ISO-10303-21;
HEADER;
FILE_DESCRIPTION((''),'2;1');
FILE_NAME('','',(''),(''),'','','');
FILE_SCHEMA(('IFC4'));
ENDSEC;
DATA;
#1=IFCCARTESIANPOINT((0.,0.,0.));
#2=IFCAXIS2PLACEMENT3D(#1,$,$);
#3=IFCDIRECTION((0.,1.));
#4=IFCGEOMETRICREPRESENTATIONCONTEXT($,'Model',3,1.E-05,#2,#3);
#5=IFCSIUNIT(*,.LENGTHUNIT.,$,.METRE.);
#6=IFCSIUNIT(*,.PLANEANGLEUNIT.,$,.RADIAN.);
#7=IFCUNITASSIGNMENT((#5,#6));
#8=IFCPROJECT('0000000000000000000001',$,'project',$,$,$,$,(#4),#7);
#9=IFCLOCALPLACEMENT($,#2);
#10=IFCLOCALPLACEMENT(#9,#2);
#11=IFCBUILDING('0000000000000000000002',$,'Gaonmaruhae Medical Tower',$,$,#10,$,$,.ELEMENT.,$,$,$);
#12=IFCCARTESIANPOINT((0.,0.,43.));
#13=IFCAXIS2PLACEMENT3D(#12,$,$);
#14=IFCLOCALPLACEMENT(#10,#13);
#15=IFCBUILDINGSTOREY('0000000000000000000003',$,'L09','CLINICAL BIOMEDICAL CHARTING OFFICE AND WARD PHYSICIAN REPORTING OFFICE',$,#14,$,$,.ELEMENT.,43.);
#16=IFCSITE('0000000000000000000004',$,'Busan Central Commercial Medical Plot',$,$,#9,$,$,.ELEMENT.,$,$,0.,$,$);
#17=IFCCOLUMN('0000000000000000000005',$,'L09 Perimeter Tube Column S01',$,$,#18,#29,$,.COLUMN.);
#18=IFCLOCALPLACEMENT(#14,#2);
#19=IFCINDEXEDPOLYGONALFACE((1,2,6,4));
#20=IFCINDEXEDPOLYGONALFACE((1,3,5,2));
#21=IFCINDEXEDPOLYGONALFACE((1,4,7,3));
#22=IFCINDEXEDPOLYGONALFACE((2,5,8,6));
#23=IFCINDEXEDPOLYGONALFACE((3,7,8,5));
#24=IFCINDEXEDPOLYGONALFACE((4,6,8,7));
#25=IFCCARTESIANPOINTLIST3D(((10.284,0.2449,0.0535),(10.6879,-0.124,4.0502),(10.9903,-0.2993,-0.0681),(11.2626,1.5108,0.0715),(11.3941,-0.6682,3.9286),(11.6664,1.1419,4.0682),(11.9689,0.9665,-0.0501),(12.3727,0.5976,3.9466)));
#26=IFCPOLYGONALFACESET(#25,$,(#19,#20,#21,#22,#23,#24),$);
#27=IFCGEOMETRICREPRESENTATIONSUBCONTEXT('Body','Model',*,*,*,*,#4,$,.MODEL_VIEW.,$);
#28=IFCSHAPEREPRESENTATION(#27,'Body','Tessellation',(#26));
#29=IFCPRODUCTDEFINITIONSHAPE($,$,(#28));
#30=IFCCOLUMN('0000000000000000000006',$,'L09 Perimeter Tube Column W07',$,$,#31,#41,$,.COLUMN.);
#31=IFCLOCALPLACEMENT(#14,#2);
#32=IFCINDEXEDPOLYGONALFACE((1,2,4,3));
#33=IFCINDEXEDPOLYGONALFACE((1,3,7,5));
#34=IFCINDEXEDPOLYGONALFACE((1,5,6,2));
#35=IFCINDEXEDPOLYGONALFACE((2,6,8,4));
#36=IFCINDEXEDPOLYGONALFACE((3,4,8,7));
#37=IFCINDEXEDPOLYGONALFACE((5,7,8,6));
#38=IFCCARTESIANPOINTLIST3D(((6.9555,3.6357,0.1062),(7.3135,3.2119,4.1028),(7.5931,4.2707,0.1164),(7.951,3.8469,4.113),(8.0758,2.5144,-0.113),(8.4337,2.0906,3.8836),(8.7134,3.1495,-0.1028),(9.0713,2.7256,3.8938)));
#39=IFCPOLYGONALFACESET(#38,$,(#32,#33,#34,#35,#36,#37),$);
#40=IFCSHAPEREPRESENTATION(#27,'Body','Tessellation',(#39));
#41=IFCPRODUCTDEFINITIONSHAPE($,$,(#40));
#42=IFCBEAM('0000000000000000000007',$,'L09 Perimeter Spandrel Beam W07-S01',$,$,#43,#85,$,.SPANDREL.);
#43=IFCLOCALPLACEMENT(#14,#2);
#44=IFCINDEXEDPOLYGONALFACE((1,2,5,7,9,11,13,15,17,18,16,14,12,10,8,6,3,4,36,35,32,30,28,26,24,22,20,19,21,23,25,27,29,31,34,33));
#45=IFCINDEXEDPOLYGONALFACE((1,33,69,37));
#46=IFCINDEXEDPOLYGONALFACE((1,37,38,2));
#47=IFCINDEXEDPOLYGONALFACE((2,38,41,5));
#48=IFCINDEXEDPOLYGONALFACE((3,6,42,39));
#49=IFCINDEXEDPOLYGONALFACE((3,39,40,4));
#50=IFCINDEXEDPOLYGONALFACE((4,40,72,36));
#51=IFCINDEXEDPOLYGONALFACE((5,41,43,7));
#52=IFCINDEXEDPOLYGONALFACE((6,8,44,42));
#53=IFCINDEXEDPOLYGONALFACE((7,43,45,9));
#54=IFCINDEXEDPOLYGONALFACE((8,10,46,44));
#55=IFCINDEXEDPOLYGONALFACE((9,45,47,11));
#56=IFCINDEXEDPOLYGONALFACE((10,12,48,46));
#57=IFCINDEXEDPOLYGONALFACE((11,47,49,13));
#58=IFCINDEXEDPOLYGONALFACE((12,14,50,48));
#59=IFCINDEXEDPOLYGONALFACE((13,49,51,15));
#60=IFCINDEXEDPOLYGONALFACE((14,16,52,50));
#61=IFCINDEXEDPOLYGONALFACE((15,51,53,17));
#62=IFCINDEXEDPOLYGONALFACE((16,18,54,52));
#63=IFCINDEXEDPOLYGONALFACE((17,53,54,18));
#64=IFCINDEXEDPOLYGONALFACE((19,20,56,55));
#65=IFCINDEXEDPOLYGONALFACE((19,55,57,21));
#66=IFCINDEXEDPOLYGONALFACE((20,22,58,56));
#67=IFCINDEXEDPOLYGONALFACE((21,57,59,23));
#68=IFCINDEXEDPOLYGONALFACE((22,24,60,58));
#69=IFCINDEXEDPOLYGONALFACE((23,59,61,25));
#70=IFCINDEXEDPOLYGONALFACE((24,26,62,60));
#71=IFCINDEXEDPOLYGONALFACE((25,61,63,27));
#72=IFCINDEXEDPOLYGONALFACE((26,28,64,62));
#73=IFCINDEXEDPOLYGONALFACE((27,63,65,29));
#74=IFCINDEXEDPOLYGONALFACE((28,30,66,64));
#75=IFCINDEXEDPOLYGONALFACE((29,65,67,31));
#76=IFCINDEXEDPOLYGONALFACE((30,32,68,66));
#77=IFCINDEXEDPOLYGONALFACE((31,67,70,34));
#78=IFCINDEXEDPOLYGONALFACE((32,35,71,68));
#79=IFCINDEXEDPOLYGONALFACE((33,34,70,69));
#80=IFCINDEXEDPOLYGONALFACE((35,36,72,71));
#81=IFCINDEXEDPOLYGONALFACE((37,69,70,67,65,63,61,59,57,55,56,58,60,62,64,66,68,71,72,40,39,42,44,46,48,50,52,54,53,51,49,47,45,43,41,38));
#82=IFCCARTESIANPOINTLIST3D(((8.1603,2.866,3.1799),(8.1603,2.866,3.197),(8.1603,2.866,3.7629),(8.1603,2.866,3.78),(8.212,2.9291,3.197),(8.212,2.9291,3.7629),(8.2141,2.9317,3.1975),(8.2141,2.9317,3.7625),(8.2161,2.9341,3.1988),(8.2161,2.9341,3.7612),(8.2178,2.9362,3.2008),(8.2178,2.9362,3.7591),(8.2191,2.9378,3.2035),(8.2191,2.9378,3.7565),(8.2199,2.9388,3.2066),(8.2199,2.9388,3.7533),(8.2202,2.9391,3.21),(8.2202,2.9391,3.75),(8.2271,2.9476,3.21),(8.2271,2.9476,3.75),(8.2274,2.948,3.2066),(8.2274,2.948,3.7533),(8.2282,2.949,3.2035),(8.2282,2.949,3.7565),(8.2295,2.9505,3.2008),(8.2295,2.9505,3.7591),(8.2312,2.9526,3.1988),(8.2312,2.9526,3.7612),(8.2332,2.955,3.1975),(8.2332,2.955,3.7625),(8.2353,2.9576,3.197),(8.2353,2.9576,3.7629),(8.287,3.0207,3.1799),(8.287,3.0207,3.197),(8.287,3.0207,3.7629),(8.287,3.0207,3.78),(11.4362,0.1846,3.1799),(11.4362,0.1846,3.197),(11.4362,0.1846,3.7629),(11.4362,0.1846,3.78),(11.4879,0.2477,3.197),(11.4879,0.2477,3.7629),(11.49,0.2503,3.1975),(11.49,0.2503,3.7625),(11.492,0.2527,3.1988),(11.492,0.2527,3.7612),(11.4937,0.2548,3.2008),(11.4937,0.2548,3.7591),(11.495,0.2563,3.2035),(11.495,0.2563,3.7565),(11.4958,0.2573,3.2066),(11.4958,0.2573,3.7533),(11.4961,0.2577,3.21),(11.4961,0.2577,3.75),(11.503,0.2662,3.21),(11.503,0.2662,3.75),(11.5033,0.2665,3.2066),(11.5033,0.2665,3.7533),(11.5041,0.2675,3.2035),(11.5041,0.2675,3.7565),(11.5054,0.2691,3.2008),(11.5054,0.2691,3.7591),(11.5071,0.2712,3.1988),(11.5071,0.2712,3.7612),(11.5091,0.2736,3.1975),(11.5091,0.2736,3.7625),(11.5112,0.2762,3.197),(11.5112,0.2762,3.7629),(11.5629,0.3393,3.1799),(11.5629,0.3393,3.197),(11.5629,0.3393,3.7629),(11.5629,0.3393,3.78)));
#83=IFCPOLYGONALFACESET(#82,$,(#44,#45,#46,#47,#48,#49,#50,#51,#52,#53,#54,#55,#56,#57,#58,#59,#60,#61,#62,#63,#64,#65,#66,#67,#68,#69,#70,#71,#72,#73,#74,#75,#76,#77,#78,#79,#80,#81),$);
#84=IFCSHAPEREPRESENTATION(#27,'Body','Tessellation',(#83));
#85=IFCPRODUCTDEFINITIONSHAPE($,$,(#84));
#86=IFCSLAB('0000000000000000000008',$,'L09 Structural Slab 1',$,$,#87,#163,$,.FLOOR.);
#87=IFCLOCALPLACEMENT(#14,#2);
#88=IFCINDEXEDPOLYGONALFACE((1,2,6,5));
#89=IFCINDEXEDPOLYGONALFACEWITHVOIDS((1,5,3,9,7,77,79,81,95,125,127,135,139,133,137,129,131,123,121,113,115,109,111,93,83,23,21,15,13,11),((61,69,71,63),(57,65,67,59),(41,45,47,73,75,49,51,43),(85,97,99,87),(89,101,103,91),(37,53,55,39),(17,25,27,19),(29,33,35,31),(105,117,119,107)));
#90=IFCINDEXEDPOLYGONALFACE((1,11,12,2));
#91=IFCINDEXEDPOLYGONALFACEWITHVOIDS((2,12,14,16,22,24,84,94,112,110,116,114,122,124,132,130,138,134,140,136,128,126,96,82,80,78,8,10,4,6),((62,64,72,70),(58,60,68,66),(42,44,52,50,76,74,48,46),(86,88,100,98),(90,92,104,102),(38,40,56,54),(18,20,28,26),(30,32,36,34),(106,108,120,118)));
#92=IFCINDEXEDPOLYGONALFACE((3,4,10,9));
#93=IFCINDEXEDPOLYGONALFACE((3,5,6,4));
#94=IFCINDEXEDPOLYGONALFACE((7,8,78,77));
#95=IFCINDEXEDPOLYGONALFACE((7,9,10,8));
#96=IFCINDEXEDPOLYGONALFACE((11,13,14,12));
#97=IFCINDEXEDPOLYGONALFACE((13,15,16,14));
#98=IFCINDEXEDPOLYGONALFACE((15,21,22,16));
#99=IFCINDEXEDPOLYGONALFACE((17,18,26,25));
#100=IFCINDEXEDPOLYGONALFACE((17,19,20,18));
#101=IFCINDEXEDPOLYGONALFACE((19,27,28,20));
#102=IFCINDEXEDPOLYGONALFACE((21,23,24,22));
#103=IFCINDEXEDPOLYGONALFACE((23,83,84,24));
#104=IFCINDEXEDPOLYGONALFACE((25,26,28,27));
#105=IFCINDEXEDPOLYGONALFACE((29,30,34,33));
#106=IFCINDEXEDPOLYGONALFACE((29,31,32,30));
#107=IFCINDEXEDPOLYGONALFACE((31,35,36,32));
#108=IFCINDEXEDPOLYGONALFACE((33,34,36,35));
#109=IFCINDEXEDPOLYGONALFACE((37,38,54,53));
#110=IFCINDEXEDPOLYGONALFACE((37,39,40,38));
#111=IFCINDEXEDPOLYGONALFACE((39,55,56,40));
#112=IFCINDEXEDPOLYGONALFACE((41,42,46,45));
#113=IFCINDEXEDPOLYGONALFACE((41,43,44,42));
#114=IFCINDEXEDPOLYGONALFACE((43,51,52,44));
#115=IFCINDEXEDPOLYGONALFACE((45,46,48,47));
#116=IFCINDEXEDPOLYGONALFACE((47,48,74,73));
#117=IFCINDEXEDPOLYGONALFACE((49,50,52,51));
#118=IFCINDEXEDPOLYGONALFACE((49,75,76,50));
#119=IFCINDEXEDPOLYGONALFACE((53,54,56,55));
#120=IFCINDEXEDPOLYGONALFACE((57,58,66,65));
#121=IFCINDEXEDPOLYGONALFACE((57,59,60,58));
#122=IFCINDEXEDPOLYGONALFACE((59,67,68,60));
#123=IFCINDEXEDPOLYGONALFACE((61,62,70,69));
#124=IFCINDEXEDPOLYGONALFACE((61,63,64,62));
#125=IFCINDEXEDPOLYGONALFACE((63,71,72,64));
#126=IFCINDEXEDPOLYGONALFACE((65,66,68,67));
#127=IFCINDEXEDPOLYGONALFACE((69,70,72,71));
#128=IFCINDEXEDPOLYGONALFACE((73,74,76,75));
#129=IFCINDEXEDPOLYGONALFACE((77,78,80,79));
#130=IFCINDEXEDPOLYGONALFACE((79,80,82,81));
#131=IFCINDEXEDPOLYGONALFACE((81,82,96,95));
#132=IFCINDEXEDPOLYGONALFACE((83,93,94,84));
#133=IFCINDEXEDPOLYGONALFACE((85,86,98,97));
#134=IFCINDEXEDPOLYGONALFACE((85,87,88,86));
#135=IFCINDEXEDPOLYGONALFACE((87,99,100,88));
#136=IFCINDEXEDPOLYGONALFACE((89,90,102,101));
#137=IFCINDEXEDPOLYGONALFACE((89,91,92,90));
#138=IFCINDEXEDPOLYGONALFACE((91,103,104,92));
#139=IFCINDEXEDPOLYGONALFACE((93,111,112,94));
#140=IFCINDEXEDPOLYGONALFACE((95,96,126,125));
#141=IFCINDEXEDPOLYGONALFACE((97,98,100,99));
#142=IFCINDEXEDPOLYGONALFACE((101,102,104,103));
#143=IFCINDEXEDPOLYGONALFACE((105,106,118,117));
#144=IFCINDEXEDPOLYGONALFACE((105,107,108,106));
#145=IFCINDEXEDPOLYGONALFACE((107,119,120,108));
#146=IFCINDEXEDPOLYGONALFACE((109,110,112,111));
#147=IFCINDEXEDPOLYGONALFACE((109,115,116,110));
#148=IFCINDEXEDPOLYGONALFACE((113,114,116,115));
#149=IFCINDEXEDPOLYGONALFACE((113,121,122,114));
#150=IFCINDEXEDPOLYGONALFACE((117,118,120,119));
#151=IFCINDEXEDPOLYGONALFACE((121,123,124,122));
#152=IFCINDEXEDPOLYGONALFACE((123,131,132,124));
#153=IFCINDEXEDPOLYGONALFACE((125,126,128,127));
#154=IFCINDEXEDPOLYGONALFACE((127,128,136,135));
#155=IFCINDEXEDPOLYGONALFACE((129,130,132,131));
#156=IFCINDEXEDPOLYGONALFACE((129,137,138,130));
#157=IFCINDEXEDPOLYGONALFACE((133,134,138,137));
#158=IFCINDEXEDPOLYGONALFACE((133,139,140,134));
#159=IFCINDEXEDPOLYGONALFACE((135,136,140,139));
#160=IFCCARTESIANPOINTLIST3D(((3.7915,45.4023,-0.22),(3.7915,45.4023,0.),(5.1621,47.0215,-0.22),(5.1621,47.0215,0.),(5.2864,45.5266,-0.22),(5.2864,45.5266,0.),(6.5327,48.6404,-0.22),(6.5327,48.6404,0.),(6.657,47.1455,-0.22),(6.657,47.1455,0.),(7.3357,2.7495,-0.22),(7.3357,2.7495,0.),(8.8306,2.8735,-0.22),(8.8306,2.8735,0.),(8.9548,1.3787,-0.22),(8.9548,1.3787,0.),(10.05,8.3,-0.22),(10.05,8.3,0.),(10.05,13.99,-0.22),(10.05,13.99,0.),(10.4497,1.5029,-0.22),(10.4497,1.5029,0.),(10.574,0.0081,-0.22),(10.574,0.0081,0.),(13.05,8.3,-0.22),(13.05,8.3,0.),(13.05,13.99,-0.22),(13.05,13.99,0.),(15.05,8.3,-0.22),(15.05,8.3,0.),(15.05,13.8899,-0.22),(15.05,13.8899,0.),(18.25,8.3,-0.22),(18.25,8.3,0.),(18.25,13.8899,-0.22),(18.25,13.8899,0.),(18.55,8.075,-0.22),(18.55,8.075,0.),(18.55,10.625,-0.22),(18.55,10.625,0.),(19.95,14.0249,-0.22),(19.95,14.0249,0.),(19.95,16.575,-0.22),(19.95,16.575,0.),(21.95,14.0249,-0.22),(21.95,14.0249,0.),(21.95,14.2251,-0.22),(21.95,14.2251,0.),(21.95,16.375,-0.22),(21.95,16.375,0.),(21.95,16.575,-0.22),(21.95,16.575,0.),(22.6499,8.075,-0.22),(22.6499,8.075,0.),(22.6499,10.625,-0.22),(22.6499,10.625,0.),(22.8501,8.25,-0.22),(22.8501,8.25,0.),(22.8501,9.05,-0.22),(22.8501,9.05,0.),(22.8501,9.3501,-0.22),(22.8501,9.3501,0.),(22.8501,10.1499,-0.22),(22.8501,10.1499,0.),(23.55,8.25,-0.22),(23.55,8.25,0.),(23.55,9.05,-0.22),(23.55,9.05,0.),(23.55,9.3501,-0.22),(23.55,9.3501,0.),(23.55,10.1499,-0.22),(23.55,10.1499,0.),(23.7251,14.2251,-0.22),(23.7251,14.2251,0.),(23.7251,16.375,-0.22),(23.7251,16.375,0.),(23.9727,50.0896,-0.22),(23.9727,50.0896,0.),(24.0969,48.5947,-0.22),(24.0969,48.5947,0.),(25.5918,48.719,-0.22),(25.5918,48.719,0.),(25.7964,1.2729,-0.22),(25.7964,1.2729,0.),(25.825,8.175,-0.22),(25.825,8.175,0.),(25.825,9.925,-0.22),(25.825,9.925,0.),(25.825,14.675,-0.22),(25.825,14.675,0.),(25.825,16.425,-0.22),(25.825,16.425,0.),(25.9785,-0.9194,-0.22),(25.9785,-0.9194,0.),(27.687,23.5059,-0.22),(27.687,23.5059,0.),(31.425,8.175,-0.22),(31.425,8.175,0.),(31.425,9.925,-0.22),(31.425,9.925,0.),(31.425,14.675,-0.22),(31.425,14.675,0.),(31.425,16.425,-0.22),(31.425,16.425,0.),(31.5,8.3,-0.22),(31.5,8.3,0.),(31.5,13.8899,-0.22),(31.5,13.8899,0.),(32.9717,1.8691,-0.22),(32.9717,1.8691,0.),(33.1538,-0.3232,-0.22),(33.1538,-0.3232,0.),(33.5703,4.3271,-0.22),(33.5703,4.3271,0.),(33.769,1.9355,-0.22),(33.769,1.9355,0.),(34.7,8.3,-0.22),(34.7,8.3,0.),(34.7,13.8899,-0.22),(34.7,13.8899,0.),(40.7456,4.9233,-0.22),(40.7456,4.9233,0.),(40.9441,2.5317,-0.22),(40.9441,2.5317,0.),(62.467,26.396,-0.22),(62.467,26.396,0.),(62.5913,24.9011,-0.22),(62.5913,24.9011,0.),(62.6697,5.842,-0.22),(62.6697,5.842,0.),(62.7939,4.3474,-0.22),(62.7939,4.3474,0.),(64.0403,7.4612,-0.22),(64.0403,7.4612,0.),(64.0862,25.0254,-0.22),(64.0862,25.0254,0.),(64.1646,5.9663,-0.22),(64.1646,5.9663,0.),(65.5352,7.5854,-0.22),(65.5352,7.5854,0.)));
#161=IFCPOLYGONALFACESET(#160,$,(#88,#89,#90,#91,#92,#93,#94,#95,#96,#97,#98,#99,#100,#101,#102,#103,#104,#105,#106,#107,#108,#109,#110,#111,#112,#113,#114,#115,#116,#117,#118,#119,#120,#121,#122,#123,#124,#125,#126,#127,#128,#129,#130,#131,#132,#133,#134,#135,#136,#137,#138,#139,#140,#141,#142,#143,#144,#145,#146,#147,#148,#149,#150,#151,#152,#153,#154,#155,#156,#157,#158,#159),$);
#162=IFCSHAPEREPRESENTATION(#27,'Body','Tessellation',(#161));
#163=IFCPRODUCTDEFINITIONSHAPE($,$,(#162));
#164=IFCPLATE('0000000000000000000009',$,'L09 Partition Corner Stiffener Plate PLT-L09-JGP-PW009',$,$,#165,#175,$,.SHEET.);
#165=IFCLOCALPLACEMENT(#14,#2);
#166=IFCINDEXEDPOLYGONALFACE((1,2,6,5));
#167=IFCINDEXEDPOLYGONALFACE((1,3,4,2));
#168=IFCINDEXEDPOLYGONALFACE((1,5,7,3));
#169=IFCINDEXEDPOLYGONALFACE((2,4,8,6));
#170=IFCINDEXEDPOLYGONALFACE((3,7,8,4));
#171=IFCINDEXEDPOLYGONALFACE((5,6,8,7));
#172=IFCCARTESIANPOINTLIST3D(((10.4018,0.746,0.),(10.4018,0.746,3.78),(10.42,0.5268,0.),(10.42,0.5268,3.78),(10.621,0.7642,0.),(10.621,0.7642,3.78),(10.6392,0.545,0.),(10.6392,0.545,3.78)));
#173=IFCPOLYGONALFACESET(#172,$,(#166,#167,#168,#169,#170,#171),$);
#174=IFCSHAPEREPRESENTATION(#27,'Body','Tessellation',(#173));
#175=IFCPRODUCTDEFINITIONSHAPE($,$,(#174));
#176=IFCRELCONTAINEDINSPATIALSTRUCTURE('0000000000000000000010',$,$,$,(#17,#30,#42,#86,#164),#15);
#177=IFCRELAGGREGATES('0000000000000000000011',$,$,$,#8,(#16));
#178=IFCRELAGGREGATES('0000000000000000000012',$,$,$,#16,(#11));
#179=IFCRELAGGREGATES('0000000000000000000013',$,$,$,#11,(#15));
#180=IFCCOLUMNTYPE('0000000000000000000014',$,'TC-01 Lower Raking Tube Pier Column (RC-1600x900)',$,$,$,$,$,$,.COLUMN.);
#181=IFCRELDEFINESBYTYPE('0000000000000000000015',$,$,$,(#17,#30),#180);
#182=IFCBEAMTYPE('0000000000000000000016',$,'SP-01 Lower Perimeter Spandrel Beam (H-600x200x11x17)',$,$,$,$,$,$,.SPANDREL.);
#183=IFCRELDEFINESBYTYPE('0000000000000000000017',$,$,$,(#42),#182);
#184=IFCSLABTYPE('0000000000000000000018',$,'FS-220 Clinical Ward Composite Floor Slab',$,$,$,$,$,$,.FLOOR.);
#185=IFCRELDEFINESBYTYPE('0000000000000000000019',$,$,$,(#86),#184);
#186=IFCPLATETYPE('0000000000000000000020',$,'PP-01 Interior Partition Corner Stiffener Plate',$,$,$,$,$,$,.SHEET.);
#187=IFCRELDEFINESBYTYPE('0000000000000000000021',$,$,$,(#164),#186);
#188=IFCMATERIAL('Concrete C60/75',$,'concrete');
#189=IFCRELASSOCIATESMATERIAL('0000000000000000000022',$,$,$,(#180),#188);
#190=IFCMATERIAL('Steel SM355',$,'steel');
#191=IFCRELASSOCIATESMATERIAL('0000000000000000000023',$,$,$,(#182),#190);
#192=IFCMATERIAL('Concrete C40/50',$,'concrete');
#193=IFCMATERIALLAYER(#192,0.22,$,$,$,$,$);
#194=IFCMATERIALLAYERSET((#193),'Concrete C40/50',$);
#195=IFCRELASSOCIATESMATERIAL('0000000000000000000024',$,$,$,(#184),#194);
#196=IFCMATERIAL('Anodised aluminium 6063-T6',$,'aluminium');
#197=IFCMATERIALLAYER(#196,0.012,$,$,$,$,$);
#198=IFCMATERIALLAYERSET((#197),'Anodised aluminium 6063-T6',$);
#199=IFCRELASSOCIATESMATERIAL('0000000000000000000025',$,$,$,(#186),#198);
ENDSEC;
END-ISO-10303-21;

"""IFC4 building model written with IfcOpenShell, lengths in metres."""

from ifc_helpers import new_model, si_unit, direction, frame, origin, origin_2d, place, context, subcontext, project, spatial, polyline, rectangle, i_section, outline, extrude, material, layer, layer_set, material_profile, profile_set, type_object, element, save


model = new_model("IFC4")

# Units and contexts
model_context = context("Model", 3, precision=1e-05, world=origin(), true_north=direction((0.0, 1.0)))
body_context = subcontext(model_context, "Body", "Model", "MODEL_VIEW")
ifc_project = project(units=[si_unit("LENGTHUNIT", "METRE"), si_unit("PLANEANGLEUNIT", "RADIAN")], contexts=[model_context])

# Site, building, storey
site_placement = place(None, origin())
site = spatial("IfcSite", under=ifc_project, at=site_placement, Name="Busan Central Commercial Medical Plot", CompositionType="ELEMENT", RefElevation=0.0)
building_placement = place(site_placement, origin())
building = spatial("IfcBuilding", under=site, at=building_placement, Name="Gaonmaruhae Medical Tower", CompositionType="ELEMENT")
storey_placement = place(building_placement, frame((0.0, 0.0, 43.0)))
storey = spatial("IfcBuildingStorey", under=building, at=storey_placement, Name="L09", Description="CLINICAL BIOMEDICAL CHARTING OFFICE AND WARD PHYSICIAN REPORTING OFFICE", CompositionType="ELEMENT", Elevation=43.0)

# Columns
ifc_material_1 = material(Name="Concrete C60/75", Category="concrete")
ifc_material_profile_1 = material_profile(ifc_material_1, rectangle(XDim=1.6001, YDim=0.8999, at=origin_2d()), Name="RC-1600x900")
ifc_profile_set_1 = profile_set([ifc_material_profile_1], Name="Concrete C60/75")
column_type = type_object("IfcColumnType", Name="TC-01 Lower Raking Tube Pier Column (RC-1600x900)", PredefinedType="COLUMN", material=ifc_profile_set_1)
column_1_placement = place(storey_placement, frame((11.1265, 0.6057, 0.0017), z_axis=(0.100105, -0.091451, 0.990765), x_axis=(0.611581, 0.791102, 0.011228)))
element("IfcColumn", 1, at=column_1_placement, inside=storey, type_object=column_type, Name="L09 Perimeter Tube Column S01", PredefinedType="COLUMN", context=body_context, shape_type="SweptSolid", body=[
    extrude(rectangle(XDim=1.6001, YDim=0.8999, at=origin_2d()), origin(), (0.0, 0.0, 1.0), 4.0339),
])
column_2_placement = place(storey_placement, frame((7.8345, 3.3926, 0.0017), z_axis=(0.088704, -0.105041, 0.990504), x_axis=(-0.700138, 0.700739, 0.137012)))
element("IfcColumn", 2, at=column_2_placement, inside=storey, type_object=column_type, Name="L09 Perimeter Tube Column W07", PredefinedType="COLUMN", context=body_context, shape_type="SweptSolid", body=[
    extrude(rectangle(XDim=1.6001, YDim=0.8999, at=origin_2d()), origin(), (0.0, 0.0, 1.0), 4.0349),
])

# Beam
ifc_material_2 = material(Name="Steel SM355", Category="steel")
ifc_material_profile_2 = material_profile(ifc_material_2, i_section(OverallWidth=0.2, OverallDepth=0.6001, WebThickness=0.011, FlangeThickness=0.0171, FilletRadius=0.0129, at=origin_2d()), Name="H-600x200x11x17")
ifc_profile_set_2 = profile_set([ifc_material_profile_2], Name="Steel SM355")
beam_type = type_object("IfcBeamType", Name="SP-01 Lower Perimeter Spandrel Beam (H-600x200x11x17)", PredefinedType="SPANDREL", material=ifc_profile_set_2)
beam_placement = place(storey_placement, frame((8.2236, 2.9434, 3.48), z_axis=(0.773826, -0.633398, 0.0), x_axis=(0.633398, 0.773826, 0.0)))
element("IfcBeam", 3, at=beam_placement, inside=storey, type_object=beam_type, Name="L09 Perimeter Spandrel Beam W07-S01", PredefinedType="SPANDREL", context=body_context, shape_type="SweptSolid", body=[
    extrude(i_section(OverallWidth=0.2, OverallDepth=0.6001, WebThickness=0.011, FlangeThickness=0.0171, FilletRadius=0.0129, at=origin_2d()), origin(), (0.0, 0.0, 1.0), 4.2334),
])

# Slab
ifc_material_3 = material(Name="Concrete C40/50", Category="concrete")
ifc_layer_1 = layer(ifc_material_3, 0.22)
ifc_layer_set_1 = layer_set([ifc_layer_1], Name="Concrete C40/50")
slab_type_1 = type_object("IfcSlabType", Name="FS-220 Clinical Ward Composite Floor Slab", PredefinedType="FLOOR", material=ifc_layer_set_1)
slab_1_placement = place(storey_placement, frame((0.0, 0.0, -0.22)))
element("IfcSlab", 4, at=slab_1_placement, inside=storey, type_object=slab_type_1, Name="L09 Structural Slab 1", PredefinedType="FLOOR", context=body_context, shape_type="SweptSolid", body=[
    extrude(outline(polyline([(10.4497, 1.5029), (8.9548, 1.3787), (8.8306, 2.8735), (7.3357, 2.7495), (3.7915, 45.4023), (5.2864, 45.5266), (5.1621, 47.0215), (6.657, 47.1455), (6.5327, 48.6404), (23.9727, 50.0896), (24.0969, 48.5947), (25.5918, 48.719), (27.687, 23.5059), (62.467, 26.396), (62.5913, 24.9011), (64.0862, 25.0254), (65.5352, 7.5854), (64.0403, 7.4612), (64.1646, 5.9663), (62.6697, 5.842), (62.7939, 4.3474), (40.9441, 2.5317), (40.7456, 4.9233), (33.5703, 4.3271), (33.769, 1.9355), (32.9717, 1.8691), (33.1538, -0.3232), (25.9785, -0.9194), (25.7964, 1.2729), (10.574, 0.0081), (10.4497, 1.5029)]), holes=[polyline([(23.55, 8.25), (22.8501, 8.25), (22.8501, 9.05), (23.55, 9.05), (23.55, 8.25)]), polyline([(25.825, 9.925), (31.425, 9.925), (31.425, 8.175), (25.825, 8.175), (25.825, 9.925)]), polyline([(22.6499, 10.625), (22.6499, 8.075), (18.55, 8.075), (18.55, 10.625), (22.6499, 10.625)]), polyline([(23.55, 9.3501), (22.8501, 9.3501), (22.8501, 10.1499), (23.55, 10.1499), (23.55, 9.3501)]), polyline([(15.05, 13.8899), (18.25, 13.8899), (18.25, 8.3), (15.05, 8.3), (15.05, 13.8899)]), polyline([(31.5, 13.8899), (34.7, 13.8899), (34.7, 8.3), (31.5, 8.3), (31.5, 13.8899)]), polyline([(10.05, 13.99), (13.05, 13.99), (13.05, 8.3), (10.05, 8.3), (10.05, 13.99)]), polyline([(21.95, 14.0249), (19.95, 14.0249), (19.95, 16.575), (21.95, 16.575), (21.95, 16.375), (23.7251, 16.375), (23.7251, 14.2251), (21.95, 14.2251), (21.95, 14.0249)]), polyline([(31.425, 16.425), (31.425, 14.675), (25.825, 14.675), (25.825, 16.425), (31.425, 16.425)])]), origin(), (0.0, 0.0, 1.0), 0.22),
])

# Plate
ifc_material_4 = material(Name="Anodised aluminium 6063-T6", Category="aluminium")
ifc_layer_2 = layer(ifc_material_4, 0.012)
ifc_layer_set_2 = layer_set([ifc_layer_2], Name="Anodised aluminium 6063-T6")
plate_type = type_object("IfcPlateType", Name="PP-01 Interior Partition Corner Stiffener Plate", PredefinedType="SHEET", material=ifc_layer_set_2)
for number, where, z_axis, x_axis, name in (
    (5, (10.5205, 0.6455, 0.0), (0.0, 0.0, 1.0), (-0.082913, 0.996557, 0.0), "L09 Partition Corner Stiffener Plate PLT-L09-JGP-PW009"),
):
    element("IfcPlate", number, at=place(storey_placement, frame(where, z_axis=z_axis, x_axis=x_axis)), inside=storey, type_object=plate_type, Name=name, PredefinedType="SHEET", context=body_context, shape_type="SweptSolid", body=[
        extrude(rectangle(XDim=0.22, YDim=0.22, at=origin_2d()), origin(), (0.0, 0.0, 1.0), 3.78),
    ])

save(model, "model.ifc")
